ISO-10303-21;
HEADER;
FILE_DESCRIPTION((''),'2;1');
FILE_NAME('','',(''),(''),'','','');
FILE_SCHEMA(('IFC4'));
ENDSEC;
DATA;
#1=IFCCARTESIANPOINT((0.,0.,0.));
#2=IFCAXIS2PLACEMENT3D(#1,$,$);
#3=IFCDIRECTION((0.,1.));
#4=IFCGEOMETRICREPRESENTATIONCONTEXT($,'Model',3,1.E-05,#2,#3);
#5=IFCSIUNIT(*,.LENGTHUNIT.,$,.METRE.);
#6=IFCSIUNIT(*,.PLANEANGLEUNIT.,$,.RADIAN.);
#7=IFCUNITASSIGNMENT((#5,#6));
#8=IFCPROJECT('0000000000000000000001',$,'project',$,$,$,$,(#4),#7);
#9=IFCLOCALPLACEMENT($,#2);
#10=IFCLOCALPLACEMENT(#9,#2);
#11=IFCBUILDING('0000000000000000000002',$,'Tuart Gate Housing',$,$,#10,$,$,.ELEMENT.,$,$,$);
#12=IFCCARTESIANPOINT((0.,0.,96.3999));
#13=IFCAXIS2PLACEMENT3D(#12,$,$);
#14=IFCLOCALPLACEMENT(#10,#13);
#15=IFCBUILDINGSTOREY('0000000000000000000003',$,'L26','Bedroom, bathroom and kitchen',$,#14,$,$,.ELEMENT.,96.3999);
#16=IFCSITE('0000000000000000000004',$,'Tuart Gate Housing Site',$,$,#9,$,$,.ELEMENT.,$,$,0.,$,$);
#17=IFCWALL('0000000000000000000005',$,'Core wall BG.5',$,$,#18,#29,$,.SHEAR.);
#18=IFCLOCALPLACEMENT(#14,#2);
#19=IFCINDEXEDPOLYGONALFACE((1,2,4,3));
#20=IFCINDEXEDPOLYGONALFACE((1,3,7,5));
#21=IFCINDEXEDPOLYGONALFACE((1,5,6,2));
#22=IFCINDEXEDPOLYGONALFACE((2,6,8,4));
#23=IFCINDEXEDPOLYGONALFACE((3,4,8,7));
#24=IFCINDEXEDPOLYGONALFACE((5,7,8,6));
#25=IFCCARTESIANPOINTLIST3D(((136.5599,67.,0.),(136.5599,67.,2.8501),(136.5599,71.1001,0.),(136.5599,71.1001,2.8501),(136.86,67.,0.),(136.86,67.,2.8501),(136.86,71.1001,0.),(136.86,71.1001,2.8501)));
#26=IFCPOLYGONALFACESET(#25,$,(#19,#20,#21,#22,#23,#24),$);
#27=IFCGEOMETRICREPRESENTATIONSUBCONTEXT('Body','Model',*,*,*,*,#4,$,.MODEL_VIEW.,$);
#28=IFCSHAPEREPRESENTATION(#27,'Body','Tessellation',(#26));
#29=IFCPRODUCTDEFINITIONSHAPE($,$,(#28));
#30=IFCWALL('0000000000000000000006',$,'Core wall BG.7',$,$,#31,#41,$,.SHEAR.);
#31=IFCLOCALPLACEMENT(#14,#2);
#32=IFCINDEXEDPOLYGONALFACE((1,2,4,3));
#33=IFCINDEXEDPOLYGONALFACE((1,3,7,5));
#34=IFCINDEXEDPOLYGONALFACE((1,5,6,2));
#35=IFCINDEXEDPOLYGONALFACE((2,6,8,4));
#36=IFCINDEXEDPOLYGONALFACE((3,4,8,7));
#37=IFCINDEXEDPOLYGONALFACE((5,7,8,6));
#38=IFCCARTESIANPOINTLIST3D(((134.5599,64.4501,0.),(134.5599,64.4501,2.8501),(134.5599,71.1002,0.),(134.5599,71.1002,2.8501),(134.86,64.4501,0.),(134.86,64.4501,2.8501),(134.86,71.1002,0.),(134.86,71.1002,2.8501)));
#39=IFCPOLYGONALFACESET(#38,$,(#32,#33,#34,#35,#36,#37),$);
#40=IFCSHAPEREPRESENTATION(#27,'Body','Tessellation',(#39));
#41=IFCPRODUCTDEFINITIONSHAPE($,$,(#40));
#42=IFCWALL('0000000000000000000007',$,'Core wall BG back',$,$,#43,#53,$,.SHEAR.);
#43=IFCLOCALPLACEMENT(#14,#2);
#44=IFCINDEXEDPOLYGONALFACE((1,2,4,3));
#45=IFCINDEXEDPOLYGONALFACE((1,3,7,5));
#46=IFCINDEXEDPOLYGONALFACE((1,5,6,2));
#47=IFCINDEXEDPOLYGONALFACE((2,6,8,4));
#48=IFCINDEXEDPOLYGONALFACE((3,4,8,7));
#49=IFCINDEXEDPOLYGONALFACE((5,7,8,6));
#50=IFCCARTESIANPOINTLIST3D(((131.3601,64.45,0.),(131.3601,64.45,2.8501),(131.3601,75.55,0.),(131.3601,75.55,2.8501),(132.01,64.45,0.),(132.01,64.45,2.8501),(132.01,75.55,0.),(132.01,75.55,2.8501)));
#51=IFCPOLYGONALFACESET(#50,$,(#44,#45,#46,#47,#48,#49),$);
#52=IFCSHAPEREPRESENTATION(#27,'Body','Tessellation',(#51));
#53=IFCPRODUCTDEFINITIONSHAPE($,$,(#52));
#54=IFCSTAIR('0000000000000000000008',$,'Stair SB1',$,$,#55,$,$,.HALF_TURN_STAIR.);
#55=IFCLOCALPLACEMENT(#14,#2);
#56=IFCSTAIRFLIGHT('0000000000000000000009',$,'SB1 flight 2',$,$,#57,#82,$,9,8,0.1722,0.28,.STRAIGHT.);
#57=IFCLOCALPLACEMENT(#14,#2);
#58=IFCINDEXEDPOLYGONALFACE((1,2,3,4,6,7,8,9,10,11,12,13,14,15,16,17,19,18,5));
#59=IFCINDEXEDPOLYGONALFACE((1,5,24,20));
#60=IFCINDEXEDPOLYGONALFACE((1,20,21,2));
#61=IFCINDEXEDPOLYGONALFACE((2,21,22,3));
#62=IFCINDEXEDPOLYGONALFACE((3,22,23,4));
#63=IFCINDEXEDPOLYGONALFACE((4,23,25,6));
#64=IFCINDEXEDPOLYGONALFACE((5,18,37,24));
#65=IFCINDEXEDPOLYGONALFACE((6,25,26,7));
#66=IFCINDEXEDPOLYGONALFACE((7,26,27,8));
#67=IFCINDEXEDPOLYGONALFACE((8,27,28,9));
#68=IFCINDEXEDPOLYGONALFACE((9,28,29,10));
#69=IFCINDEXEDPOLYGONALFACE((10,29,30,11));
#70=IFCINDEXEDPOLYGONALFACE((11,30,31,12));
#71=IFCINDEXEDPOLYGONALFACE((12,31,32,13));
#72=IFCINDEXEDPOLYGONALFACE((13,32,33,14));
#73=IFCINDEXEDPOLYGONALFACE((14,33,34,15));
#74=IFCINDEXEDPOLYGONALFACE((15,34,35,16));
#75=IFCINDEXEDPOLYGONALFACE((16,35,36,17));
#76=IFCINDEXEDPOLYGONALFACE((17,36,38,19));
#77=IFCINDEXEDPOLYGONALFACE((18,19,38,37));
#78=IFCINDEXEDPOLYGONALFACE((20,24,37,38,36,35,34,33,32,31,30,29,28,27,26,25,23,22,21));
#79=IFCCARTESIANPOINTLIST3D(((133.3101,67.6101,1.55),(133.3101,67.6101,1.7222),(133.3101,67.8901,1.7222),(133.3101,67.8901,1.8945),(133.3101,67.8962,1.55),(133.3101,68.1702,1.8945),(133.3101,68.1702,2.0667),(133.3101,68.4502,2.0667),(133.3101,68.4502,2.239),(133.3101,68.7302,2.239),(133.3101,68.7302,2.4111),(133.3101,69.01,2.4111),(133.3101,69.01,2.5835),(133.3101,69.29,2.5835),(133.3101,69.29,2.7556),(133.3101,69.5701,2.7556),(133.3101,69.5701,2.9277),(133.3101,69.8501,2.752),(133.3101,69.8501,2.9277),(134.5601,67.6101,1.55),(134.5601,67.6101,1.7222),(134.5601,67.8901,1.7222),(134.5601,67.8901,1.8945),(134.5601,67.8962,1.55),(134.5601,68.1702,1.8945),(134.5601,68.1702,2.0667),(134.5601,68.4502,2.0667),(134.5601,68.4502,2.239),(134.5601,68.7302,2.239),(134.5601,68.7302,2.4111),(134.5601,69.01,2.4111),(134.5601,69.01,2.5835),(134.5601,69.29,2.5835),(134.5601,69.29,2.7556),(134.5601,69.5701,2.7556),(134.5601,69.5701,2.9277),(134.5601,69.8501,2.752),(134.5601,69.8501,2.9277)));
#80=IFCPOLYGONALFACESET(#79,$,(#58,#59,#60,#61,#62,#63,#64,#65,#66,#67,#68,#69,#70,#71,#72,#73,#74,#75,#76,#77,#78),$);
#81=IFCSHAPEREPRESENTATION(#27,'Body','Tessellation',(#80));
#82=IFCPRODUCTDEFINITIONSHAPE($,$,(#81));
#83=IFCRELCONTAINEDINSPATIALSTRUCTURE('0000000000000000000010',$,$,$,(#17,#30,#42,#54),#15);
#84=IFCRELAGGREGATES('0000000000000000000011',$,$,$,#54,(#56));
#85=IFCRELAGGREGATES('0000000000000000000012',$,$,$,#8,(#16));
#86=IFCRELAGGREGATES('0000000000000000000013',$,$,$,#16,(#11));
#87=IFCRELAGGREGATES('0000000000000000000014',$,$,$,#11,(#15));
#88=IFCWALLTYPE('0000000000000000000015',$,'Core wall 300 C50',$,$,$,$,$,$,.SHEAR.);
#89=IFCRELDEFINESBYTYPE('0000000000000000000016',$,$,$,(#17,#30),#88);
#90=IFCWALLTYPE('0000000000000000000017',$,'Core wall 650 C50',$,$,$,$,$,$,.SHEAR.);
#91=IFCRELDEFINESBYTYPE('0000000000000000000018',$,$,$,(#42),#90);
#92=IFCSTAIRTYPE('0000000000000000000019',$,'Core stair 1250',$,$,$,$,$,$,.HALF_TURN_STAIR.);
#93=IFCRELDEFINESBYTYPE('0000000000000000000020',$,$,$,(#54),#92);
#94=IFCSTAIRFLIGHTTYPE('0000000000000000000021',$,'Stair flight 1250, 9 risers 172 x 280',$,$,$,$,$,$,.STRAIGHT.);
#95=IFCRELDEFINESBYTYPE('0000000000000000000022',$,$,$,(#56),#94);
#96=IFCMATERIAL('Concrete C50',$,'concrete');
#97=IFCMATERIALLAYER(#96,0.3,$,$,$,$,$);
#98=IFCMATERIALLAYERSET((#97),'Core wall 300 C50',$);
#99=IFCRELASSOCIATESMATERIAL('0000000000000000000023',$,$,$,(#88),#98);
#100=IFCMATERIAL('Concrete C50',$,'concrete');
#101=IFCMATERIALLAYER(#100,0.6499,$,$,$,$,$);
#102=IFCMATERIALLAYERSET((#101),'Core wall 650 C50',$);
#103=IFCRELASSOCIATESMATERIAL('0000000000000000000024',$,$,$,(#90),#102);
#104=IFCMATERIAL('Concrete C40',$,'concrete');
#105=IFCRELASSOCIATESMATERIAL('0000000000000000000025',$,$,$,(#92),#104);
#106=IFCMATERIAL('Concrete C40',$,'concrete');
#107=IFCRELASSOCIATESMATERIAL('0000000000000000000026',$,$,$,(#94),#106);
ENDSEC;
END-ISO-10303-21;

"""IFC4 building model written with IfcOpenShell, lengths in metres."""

from ifc_helpers import new_model, si_unit, direction, frame, frame_2d, origin, place, context, subcontext, project, spatial, polyline, rectangle, outline, extrude, material, layer, layer_set, type_object, element, aggregate, save


model = new_model("IFC4")

# Units and contexts
model_context = context("Model", 3, precision=1e-05, world=origin(), true_north=direction((0.0, 1.0)))
body_context = subcontext(model_context, "Body", "Model", "MODEL_VIEW")
ifc_project = project(units=[si_unit("LENGTHUNIT", "METRE"), si_unit("PLANEANGLEUNIT", "RADIAN")], contexts=[model_context])

# Site, building, storey
site_placement = place(None, origin())
site = spatial("IfcSite", under=ifc_project, at=site_placement, Name="Tuart Gate Housing Site", CompositionType="ELEMENT", RefElevation=0.0)
building_placement = place(site_placement, origin())
building = spatial("IfcBuilding", under=site, at=building_placement, Name="Tuart Gate Housing", CompositionType="ELEMENT")
storey_placement = place(building_placement, frame((0.0, 0.0, 96.3999)))
storey = spatial("IfcBuildingStorey", under=building, at=storey_placement, Name="L26", Description="Bedroom, bathroom and kitchen", CompositionType="ELEMENT", Elevation=96.3999)

# Walls
ifc_material_1 = material(Name="Concrete C50", Category="concrete")
ifc_layer_1 = layer(ifc_material_1, 0.3)
ifc_layer_set_1 = layer_set([ifc_layer_1], Name="Core wall 300 C50")
wall_type_1 = type_object("IfcWallType", Name="Core wall 300 C50", PredefinedType="SHEAR", material=ifc_layer_set_1)
wall_1_placement = place(storey_placement, frame((136.71, 67.0, 0.0), z_axis=(0.0, 0.0, 1.0), x_axis=(0.0, 1.0, 0.0)))
element("IfcWall", 1, at=wall_1_placement, inside=storey, type_object=wall_type_1, Name="Core wall BG.5", PredefinedType="SHEAR", context=body_context, shape_type="SweptSolid", body=[
    extrude(rectangle(XDim=4.1001, YDim=0.3, at=frame_2d((2.05, 0.0))), origin(), (0.0, 0.0, 1.0), 2.8501),
])
wall_2_placement = place(storey_placement, frame((134.71, 64.45, 0.0), z_axis=(0.0, 0.0, 1.0), x_axis=(0.0, 1.0, 0.0)))
element("IfcWall", 2, at=wall_2_placement, inside=storey, type_object=wall_type_1, Name="Core wall BG.7", PredefinedType="SHEAR", context=body_context, shape_type="SweptSolid", body=[
    extrude(rectangle(XDim=6.6501, YDim=0.3, at=frame_2d((3.3252, 0.0))), origin(), (0.0, 0.0, 1.0), 2.8501),
])
ifc_material_2 = material(Name="Concrete C50", Category="concrete")
ifc_layer_2 = layer(ifc_material_2, 0.6499)
ifc_layer_set_2 = layer_set([ifc_layer_2], Name="Core wall 650 C50")
wall_type_2 = type_object("IfcWallType", Name="Core wall 650 C50", PredefinedType="SHEAR", material=ifc_layer_set_2)
wall_3_placement = place(storey_placement, frame((131.6851, 64.45, 0.0), z_axis=(0.0, 0.0, 1.0), x_axis=(0.0, 1.0, 0.0)))
element("IfcWall", 3, at=wall_3_placement, inside=storey, type_object=wall_type_2, Name="Core wall BG back", PredefinedType="SHEAR", context=body_context, shape_type="SweptSolid", body=[
    extrude(rectangle(XDim=11.1001, YDim=0.6499, at=frame_2d((5.55, 0.0))), origin(), (0.0, 0.0, 1.0), 2.8501),
])

# Stair, stair flight
ifc_material_3 = material(Name="Concrete C40", Category="concrete")
stair_type = type_object("IfcStairType", Name="Core stair 1250", PredefinedType="HALF_TURN_STAIR", material=ifc_material_3)
stair_placement = place(storey_placement, origin())
stair = element("IfcStair", 4, at=stair_placement, inside=storey, type_object=stair_type, Name="Stair SB1", PredefinedType="HALF_TURN_STAIR")
ifc_material_4 = material(Name="Concrete C40", Category="concrete")
stair_flight_type = type_object("IfcStairFlightType", Name="Stair flight 1250, 9 risers 172 x 280", PredefinedType="STRAIGHT", material=ifc_material_4)
stair_flight_placement = place(storey_placement, frame((133.9351, 67.6101, 1.55), z_axis=(0.0, 0.0, 1.0), x_axis=(0.0, 1.0, 0.0)))
stair_flight = element("IfcStairFlight", 5, at=stair_flight_placement, type_object=stair_flight_type, Name="SB1 flight 2", NumberOfRisers=9, NumberOfTreads=8, PredefinedType="STRAIGHT", RiserHeight=0.1722, TreadLength=0.28, context=body_context, shape_type="SweptSolid", body=[
    extrude(outline(polyline([(0.0, 0.0), (0.0, 0.1721), (0.28, 0.1721), (0.28, 0.3445), (0.5601, 0.3445), (0.5601, 0.5166), (0.8401, 0.5166), (0.8401, 0.689), (1.1201, 0.689), (1.1201, 0.8611), (1.3999, 0.8611), (1.3999, 1.0334), (1.6799, 1.0334), (1.6799, 1.2056), (1.96, 1.2056), (1.96, 1.3777), (2.24, 1.3777), (2.24, 1.55), (2.24, 1.2019), (0.2861, 0.0), (0.0, 0.0)])), frame((0.0, 0.625, 0.0), z_axis=(0.0, -1.0, 0.0), x_axis=(1.0, 0.0, 0.0)), (0.0, 0.0, 1.0), 1.25),
])
aggregate(stair, [stair_flight])

save(model, "model.ifc")
